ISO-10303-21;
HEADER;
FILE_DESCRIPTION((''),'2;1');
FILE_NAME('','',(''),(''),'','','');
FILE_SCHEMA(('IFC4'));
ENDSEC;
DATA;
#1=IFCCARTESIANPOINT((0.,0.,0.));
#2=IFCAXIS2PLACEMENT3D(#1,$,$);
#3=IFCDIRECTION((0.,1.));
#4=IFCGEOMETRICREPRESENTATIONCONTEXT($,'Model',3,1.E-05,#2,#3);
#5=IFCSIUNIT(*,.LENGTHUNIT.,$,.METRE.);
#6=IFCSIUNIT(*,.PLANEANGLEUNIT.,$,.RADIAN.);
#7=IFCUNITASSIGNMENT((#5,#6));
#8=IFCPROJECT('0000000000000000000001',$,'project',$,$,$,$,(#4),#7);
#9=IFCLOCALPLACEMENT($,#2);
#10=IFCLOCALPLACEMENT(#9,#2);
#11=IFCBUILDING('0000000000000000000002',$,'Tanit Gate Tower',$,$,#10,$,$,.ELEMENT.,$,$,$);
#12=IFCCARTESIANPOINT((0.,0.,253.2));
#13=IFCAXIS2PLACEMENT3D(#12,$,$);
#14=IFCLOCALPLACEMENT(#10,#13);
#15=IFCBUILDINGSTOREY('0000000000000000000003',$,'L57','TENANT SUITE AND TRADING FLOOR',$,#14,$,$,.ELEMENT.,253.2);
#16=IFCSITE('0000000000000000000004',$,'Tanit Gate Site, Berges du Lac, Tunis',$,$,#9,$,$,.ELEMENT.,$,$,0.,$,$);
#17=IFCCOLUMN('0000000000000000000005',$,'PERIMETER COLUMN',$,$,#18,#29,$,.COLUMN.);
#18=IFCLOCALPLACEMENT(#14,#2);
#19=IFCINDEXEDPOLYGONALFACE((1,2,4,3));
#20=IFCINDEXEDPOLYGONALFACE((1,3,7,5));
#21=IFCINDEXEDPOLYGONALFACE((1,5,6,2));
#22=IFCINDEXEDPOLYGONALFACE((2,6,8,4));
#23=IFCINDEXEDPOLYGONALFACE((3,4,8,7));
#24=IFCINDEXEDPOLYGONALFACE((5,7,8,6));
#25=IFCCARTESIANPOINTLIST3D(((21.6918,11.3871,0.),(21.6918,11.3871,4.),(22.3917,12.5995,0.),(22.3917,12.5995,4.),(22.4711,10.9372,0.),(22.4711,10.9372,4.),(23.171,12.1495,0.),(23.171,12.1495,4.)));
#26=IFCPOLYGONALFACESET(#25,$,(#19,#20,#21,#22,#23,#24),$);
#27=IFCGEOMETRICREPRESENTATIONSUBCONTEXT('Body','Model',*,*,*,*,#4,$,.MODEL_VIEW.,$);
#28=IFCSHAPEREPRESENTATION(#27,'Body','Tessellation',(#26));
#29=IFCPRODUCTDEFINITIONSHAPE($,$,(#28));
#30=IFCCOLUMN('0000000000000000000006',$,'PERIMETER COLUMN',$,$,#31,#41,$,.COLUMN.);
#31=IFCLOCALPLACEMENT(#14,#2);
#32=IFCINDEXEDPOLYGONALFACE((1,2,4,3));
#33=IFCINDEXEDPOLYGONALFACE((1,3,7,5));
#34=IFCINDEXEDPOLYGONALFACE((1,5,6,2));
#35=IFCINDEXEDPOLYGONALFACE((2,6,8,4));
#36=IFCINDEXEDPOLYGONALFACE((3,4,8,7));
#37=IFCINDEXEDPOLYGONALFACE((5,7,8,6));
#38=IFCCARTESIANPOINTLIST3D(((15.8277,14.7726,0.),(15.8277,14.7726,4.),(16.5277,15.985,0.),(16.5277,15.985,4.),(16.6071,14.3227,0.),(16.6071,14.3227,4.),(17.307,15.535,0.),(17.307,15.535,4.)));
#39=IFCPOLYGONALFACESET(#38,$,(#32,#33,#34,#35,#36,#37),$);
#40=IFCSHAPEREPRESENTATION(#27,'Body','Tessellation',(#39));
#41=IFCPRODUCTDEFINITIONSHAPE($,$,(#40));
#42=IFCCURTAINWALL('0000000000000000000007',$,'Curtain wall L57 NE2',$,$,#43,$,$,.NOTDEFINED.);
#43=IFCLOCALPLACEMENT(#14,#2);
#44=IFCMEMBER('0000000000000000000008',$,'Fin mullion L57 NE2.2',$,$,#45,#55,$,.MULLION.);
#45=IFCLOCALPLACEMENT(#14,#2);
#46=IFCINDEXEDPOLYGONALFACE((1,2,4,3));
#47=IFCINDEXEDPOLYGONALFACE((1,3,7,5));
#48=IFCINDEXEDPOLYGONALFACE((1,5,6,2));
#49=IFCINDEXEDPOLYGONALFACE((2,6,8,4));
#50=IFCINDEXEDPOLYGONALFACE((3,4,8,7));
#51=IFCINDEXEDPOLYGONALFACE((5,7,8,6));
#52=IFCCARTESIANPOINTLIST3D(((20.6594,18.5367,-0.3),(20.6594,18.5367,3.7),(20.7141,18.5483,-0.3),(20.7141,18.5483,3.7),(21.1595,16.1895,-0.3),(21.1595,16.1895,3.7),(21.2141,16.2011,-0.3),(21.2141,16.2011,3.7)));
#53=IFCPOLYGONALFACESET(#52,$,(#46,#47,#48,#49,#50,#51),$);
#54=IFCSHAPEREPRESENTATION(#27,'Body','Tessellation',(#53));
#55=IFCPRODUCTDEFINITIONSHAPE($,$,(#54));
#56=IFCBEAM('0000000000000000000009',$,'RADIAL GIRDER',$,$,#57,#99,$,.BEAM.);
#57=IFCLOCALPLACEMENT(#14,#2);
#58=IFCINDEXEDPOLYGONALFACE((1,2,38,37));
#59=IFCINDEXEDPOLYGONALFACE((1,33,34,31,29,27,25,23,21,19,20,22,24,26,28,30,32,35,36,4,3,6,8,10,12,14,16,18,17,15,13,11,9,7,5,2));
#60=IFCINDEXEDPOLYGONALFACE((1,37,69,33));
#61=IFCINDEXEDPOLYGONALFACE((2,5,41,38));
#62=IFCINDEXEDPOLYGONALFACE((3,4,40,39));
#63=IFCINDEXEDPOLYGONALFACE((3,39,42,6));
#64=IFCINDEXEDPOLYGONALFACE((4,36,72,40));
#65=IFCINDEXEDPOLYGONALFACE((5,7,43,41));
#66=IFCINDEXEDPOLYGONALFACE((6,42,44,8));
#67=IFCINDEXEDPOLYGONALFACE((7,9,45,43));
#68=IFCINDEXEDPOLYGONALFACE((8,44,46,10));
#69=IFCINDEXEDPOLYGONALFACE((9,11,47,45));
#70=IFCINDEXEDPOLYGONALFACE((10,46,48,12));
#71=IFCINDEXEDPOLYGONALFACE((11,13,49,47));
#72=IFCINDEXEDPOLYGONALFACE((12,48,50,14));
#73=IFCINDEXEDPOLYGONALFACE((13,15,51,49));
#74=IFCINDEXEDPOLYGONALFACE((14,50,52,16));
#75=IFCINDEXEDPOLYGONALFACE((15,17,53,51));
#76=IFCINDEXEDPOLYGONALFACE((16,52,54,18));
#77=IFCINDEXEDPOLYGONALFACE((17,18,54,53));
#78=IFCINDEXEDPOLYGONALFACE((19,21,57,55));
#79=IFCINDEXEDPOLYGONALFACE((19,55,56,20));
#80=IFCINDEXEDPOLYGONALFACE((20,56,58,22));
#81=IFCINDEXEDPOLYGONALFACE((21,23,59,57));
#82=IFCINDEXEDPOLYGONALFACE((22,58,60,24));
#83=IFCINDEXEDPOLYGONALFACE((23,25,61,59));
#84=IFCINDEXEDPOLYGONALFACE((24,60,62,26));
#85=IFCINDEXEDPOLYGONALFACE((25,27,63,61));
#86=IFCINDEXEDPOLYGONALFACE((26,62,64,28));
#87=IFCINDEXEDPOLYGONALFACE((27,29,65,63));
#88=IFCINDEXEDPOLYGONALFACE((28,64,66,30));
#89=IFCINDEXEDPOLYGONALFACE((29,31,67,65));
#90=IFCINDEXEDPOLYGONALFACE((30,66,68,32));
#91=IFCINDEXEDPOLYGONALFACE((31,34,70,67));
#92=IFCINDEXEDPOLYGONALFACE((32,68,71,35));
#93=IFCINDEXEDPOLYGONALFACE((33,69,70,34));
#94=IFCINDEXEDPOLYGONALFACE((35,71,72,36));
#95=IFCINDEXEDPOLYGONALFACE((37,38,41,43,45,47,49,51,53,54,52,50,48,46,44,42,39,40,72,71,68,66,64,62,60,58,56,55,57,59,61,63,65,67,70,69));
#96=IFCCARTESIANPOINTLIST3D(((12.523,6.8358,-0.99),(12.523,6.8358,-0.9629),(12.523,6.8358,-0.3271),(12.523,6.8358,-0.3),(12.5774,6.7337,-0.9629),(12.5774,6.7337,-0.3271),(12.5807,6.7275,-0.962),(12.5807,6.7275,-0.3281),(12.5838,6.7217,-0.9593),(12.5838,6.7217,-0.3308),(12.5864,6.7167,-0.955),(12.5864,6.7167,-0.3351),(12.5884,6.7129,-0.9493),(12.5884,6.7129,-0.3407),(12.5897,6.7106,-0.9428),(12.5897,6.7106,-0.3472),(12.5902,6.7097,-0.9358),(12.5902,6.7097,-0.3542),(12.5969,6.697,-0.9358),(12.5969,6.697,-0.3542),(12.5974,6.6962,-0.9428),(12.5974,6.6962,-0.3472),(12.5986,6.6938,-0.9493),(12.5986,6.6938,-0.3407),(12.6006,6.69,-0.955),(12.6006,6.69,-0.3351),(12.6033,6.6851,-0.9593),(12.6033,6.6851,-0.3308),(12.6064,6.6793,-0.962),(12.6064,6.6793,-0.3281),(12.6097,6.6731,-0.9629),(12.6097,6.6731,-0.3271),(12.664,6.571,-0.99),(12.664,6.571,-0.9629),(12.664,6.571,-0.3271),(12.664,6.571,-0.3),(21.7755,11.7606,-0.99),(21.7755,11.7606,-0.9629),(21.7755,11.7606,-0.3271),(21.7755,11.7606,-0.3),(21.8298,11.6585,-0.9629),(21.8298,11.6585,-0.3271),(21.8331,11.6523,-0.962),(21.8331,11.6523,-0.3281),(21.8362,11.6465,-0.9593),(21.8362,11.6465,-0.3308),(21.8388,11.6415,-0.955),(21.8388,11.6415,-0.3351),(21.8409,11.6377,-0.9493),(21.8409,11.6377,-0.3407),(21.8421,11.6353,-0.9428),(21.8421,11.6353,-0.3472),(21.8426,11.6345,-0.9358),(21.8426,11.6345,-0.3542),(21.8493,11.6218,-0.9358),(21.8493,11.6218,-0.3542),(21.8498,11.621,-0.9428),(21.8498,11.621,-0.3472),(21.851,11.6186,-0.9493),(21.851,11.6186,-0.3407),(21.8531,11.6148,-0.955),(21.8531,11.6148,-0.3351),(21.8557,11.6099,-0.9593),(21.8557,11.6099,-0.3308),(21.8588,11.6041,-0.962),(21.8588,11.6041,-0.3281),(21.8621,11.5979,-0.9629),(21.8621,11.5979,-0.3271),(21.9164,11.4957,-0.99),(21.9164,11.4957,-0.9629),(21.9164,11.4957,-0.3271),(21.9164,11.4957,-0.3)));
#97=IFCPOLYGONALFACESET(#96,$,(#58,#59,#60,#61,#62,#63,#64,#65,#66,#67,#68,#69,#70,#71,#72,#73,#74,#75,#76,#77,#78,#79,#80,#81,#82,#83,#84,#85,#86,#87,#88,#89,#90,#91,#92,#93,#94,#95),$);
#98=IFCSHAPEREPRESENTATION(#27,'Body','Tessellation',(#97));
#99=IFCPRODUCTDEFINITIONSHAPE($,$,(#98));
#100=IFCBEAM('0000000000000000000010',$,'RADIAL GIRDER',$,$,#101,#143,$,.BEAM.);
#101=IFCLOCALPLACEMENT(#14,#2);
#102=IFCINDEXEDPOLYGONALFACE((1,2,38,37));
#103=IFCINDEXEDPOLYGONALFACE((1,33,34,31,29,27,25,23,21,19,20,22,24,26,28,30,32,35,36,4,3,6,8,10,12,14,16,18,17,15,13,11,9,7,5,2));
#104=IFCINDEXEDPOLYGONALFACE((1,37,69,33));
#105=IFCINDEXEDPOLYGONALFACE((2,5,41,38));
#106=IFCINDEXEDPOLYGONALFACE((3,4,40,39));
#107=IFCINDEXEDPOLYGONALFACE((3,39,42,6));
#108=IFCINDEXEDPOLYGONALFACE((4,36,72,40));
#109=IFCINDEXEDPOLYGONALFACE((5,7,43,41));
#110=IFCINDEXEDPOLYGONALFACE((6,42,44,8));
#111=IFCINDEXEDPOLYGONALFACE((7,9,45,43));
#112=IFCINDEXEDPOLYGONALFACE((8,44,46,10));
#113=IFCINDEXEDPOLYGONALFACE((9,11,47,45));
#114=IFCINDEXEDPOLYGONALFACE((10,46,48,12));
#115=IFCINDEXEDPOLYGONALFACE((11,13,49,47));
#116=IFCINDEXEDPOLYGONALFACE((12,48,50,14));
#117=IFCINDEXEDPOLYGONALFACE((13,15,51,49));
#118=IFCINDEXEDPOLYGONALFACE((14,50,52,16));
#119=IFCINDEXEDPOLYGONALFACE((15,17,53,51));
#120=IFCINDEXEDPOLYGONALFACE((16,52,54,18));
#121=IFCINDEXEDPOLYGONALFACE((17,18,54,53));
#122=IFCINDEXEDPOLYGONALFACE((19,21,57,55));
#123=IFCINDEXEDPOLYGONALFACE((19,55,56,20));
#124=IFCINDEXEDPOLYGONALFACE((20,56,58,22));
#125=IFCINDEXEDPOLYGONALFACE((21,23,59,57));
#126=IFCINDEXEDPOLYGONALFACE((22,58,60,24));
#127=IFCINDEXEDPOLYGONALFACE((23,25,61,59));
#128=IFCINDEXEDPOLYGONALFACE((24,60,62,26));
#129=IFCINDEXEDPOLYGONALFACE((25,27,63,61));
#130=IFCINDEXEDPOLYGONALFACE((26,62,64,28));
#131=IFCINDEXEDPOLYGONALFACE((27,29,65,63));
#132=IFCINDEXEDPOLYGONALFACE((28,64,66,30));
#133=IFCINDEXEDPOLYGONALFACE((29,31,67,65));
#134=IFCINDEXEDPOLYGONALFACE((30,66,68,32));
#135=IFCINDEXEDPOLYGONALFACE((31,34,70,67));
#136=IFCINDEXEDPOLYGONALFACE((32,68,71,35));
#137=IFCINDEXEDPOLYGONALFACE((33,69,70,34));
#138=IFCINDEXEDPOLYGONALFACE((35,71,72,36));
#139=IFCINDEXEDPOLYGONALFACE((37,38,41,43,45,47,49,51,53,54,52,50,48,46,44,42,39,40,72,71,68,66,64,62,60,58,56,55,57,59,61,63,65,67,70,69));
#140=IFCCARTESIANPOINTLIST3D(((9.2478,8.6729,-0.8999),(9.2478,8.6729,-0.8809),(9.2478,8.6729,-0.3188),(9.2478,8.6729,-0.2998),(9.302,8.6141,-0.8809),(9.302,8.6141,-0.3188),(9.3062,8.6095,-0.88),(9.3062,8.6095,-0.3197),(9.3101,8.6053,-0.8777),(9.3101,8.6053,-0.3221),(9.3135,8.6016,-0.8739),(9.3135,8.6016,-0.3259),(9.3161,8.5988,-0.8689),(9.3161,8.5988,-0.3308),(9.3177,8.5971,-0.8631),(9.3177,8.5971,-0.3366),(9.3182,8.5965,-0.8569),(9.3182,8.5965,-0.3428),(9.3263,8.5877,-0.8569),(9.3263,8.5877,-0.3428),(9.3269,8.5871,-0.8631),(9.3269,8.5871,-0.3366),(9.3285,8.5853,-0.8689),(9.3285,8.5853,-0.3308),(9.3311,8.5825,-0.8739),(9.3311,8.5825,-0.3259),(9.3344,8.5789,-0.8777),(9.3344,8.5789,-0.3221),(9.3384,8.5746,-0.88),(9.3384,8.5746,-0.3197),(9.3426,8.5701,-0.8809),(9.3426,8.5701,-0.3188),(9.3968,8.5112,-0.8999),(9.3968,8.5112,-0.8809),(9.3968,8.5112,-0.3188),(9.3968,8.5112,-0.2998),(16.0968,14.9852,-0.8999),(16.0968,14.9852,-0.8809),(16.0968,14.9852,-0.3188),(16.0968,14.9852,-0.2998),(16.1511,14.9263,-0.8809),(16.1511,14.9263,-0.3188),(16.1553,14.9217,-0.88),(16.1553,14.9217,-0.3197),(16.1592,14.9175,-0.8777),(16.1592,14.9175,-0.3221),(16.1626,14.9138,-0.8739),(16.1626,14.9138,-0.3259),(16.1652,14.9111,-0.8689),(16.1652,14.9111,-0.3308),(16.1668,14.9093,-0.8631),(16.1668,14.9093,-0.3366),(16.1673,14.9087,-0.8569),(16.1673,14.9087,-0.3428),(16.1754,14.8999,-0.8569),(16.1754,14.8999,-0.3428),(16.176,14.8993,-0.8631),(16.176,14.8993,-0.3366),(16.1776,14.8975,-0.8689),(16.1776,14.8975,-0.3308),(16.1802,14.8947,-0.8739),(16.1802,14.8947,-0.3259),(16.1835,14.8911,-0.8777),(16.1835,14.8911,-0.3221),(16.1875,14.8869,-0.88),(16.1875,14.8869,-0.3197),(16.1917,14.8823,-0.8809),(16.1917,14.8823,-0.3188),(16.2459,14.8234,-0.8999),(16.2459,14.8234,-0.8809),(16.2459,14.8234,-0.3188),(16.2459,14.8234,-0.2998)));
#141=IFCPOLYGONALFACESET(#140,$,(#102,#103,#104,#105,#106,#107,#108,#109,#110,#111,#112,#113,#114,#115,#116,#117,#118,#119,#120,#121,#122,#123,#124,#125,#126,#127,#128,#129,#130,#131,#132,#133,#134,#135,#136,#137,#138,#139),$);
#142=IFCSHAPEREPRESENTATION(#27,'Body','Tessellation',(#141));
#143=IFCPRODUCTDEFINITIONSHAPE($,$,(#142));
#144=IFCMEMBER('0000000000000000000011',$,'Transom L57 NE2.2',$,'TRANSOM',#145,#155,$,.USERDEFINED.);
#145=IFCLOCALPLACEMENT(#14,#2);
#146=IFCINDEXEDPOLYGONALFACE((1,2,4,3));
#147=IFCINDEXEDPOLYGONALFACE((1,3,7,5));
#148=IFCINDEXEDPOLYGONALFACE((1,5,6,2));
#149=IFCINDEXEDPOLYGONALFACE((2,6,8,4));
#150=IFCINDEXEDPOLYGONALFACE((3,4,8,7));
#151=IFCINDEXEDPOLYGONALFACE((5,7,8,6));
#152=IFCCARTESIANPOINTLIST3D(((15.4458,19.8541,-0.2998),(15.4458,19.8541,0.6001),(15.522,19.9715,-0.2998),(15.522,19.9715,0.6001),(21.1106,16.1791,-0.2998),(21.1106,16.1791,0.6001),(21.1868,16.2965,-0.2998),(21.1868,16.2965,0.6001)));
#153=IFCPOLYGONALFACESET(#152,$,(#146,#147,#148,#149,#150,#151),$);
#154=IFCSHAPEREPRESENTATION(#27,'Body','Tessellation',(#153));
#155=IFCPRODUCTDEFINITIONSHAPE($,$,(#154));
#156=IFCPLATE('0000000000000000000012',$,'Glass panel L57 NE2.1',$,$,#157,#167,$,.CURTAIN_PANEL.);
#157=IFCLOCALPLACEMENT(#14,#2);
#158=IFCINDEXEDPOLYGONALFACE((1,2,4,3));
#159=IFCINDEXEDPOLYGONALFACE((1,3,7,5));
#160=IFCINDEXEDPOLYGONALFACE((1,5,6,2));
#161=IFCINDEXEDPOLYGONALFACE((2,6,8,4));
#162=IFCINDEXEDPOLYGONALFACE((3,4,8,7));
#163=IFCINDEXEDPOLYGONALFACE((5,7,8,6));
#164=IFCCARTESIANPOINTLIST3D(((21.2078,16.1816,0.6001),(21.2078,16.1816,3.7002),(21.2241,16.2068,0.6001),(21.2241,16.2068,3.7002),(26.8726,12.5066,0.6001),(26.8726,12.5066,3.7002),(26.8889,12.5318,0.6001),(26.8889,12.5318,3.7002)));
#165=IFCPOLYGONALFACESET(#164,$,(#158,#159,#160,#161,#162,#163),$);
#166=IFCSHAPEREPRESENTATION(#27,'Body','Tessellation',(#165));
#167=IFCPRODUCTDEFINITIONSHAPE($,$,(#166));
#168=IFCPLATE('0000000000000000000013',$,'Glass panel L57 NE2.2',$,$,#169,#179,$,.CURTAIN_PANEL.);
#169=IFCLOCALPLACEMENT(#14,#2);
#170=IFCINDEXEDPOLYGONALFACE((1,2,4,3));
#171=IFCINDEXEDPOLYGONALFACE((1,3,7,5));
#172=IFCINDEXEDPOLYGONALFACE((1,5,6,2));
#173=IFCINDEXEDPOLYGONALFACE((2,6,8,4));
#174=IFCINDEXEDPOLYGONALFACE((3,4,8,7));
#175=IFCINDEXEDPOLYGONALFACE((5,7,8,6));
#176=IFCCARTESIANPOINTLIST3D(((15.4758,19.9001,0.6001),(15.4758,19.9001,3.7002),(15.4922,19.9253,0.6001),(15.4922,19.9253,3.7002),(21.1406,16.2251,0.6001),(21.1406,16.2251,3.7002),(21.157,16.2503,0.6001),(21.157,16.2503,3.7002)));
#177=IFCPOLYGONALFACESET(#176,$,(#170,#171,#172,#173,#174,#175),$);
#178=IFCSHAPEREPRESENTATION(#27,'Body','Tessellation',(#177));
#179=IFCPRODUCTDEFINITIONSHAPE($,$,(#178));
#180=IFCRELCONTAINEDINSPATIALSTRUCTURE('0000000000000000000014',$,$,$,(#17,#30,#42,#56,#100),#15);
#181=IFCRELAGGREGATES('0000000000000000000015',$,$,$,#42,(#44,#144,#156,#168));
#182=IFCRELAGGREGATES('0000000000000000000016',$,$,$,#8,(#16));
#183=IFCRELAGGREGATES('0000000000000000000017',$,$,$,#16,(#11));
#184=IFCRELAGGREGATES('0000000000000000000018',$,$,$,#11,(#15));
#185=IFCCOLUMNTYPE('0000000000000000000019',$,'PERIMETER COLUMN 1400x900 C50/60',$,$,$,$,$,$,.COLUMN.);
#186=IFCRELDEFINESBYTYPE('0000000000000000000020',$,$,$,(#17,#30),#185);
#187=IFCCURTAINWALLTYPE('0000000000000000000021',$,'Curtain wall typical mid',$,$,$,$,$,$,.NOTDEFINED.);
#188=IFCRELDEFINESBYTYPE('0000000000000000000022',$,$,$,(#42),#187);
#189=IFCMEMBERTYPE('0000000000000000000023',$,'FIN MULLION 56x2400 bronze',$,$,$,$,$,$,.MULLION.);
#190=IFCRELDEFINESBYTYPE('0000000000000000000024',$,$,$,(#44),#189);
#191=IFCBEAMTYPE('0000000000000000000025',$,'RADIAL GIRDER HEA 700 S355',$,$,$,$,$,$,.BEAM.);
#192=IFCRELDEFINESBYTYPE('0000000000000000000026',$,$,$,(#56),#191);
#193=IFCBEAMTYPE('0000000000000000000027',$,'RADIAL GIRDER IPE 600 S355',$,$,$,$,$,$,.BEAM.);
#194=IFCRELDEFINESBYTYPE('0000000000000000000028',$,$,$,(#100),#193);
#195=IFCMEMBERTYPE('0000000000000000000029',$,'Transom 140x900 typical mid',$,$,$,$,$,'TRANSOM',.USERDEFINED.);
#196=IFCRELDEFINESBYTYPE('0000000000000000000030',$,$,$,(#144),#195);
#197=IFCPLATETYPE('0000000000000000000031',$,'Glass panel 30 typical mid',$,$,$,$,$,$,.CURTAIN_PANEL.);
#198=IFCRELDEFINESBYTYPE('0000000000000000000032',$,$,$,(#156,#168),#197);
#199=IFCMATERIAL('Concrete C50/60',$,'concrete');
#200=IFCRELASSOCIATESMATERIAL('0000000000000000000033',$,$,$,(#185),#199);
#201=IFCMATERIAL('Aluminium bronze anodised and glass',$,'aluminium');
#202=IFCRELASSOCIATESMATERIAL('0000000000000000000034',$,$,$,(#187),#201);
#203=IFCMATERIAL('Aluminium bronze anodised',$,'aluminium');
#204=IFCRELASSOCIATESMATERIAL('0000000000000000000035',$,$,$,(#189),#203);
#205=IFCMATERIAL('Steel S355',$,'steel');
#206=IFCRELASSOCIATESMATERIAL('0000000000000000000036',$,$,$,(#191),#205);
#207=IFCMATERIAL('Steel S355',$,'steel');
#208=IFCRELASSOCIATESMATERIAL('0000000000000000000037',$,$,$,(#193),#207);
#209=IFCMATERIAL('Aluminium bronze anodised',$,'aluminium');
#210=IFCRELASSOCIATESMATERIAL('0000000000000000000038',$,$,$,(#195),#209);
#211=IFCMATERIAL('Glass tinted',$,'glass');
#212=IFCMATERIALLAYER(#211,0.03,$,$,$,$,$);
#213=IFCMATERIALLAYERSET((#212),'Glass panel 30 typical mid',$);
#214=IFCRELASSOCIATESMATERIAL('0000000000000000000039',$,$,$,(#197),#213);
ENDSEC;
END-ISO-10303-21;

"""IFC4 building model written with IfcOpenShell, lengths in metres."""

from ifc_helpers import new_model, si_unit, direction, frame, origin, origin_2d, place, context, subcontext, project, spatial, rectangle, i_section, extrude, material, layer, layer_set, material_profile, profile_set, type_object, element, aggregate, save


model = new_model("IFC4")

# Units and contexts
model_context = context("Model", 3, precision=1e-05, world=origin(), true_north=direction((0.0, 1.0)))
body_context = subcontext(model_context, "Body", "Model", "MODEL_VIEW")
ifc_project = project(units=[si_unit("LENGTHUNIT", "METRE"), si_unit("PLANEANGLEUNIT", "RADIAN")], contexts=[model_context])

# Site, building, storey
site_placement = place(None, origin())
site = spatial("IfcSite", under=ifc_project, at=site_placement, Name="Tanit Gate Site, Berges du Lac, Tunis", CompositionType="ELEMENT", RefElevation=0.0)
building_placement = place(site_placement, origin())
building = spatial("IfcBuilding", under=site, at=building_placement, Name="Tanit Gate Tower", CompositionType="ELEMENT")
storey_placement = place(building_placement, frame((0.0, 0.0, 253.2)))
storey = spatial("IfcBuildingStorey", under=building, at=storey_placement, Name="L57", Description="TENANT SUITE AND TRADING FLOOR", CompositionType="ELEMENT", Elevation=253.2)

# Columns
ifc_material_1 = material(Name="Concrete C50/60", Category="concrete")
ifc_material_profile_1 = material_profile(ifc_material_1, rectangle(XDim=1.3999, YDim=0.8999, at=origin_2d()), Name="RC 1400x900")
ifc_profile_set_1 = profile_set([ifc_material_profile_1], Name="Concrete C50/60")
column_type = type_object("IfcColumnType", Name="PERIMETER COLUMN 1400x900 C50/60", PredefinedType="COLUMN", material=ifc_profile_set_1)
for number, where, z_axis, x_axis, name in (
    (1, (22.4314, 11.7683, 0.0), (0.0, 0.0, 1.0), (0.5, 0.866025, 0.0), "PERIMETER COLUMN"),
    (2, (16.5674, 15.1538, 0.0), (0.0, 0.0, 1.0), (0.5, 0.866025, 0.0), "PERIMETER COLUMN"),
):
    element("IfcColumn", number, at=place(storey_placement, frame(where, z_axis=z_axis, x_axis=x_axis)), inside=storey, type_object=column_type, Name=name, PredefinedType="COLUMN", context=body_context, shape_type="SweptSolid", body=[
        extrude(rectangle(XDim=1.3999, YDim=0.8999, at=origin_2d()), origin(), (0.0, 0.0, 1.0), 4.0),
    ])

# Curtain wall, member
ifc_material_2 = material(Name="Aluminium bronze anodised and glass", Category="aluminium")
curtain_wall_type = type_object("IfcCurtainWallType", Name="Curtain wall typical mid", PredefinedType="NOTDEFINED", material=ifc_material_2)
curtain_wall_placement = place(storey_placement, origin())
curtain_wall = element("IfcCurtainWall", 3, at=curtain_wall_placement, inside=storey, type_object=curtain_wall_type, Name="Curtain wall L57 NE2", PredefinedType="NOTDEFINED")
ifc_material_3 = material(Name="Aluminium bronze anodised", Category="aluminium")
ifc_material_profile_2 = material_profile(ifc_material_3, rectangle(XDim=2.3999, YDim=0.0559, at=origin_2d()), Name="56x2400 bronze fin mullion")
ifc_profile_set_2 = profile_set([ifc_material_profile_2], Name="Aluminium bronze anodised")
member_type_1 = type_object("IfcMemberType", Name="FIN MULLION 56x2400 bronze", PredefinedType="MULLION", material=ifc_profile_set_2)
member_1_placement = place(storey_placement, frame((20.9368, 17.3689, -0.3), z_axis=(0.0, 0.0, 1.0), x_axis=(0.208373, -0.978049, 0.0)))
member_1 = element("IfcMember", 4, at=member_1_placement, type_object=member_type_1, Name="Fin mullion L57 NE2.2", PredefinedType="MULLION", context=body_context, shape_type="SweptSolid", body=[
    extrude(rectangle(XDim=2.3999, YDim=0.0559, at=origin_2d()), origin(), (0.0, 0.0, 1.0), 4.0),
])

# Beams
ifc_material_4 = material(Name="Steel S355", Category="steel")
ifc_material_profile_3 = material_profile(ifc_material_4, i_section(OverallWidth=0.3, OverallDepth=0.6899, WebThickness=0.0144, FlangeThickness=0.0271, FilletRadius=0.0271, at=origin_2d()), Name="HEA 700")
ifc_profile_set_3 = profile_set([ifc_material_profile_3], Name="Steel S355")
beam_type_1 = type_object("IfcBeamType", Name="RADIAL GIRDER HEA 700 S355", PredefinedType="BEAM", material=ifc_profile_set_3)
beam_1_placement = place(storey_placement, frame((21.8459, 11.6282, -0.645), z_axis=(-0.882742, -0.469858, 0.0), x_axis=(0.469858, -0.882742, 0.0)))
element("IfcBeam", 5, at=beam_1_placement, inside=storey, type_object=beam_type_1, Name="RADIAL GIRDER", PredefinedType="BEAM", context=body_context, shape_type="SweptSolid", body=[
    extrude(i_section(OverallWidth=0.3, OverallDepth=0.6899, WebThickness=0.0144, FlangeThickness=0.0271, FilletRadius=0.0271, at=origin_2d()), origin(), (0.0, 0.0, 1.0), 10.4814),
])
ifc_material_5 = material(Name="Steel S355", Category="steel")
ifc_material_profile_4 = material_profile(ifc_material_5, i_section(OverallWidth=0.22, OverallDepth=0.6001, WebThickness=0.012, FlangeThickness=0.019, FilletRadius=0.0239, at=origin_2d()), Name="IPE 600")
ifc_profile_set_4 = profile_set([ifc_material_profile_4], Name="Steel S355")
beam_type_2 = type_object("IfcBeamType", Name="RADIAL GIRDER IPE 600 S355", PredefinedType="BEAM", material=ifc_profile_set_4)
beam_2_placement = place(storey_placement, frame((16.1714, 14.9043, -0.5999), z_axis=(-0.735339, -0.6777, 0.0), x_axis=(0.6777, -0.735339, 0.0)))
element("IfcBeam", 6, at=beam_2_placement, inside=storey, type_object=beam_type_2, Name="RADIAL GIRDER", PredefinedType="BEAM", context=body_context, shape_type="SweptSolid", body=[
    extrude(i_section(OverallWidth=0.22, OverallDepth=0.6001, WebThickness=0.012, FlangeThickness=0.019, FilletRadius=0.0239, at=origin_2d()), origin(), (0.0, 0.0, 1.0), 9.3142),
])

# Member
ifc_material_6 = material(Name="Aluminium bronze anodised", Category="aluminium")
ifc_material_profile_5 = material_profile(ifc_material_6, rectangle(XDim=0.1399, YDim=0.8999, at=origin_2d()), Name="140x900 bronze transom")
ifc_profile_set_5 = profile_set([ifc_material_profile_5], Name="Aluminium bronze anodised")
member_type_2 = type_object("IfcMemberType", Name="Transom 140x900 typical mid", ElementType="TRANSOM", PredefinedType="USERDEFINED", material=ifc_profile_set_5)
member_2_placement = place(storey_placement, frame((21.1487, 16.2378, 0.1501), z_axis=(-0.838922, 0.544252, 0.0), x_axis=(-0.544252, -0.838922, 0.0)))
member_2 = element("IfcMember", 7, at=member_2_placement, type_object=member_type_2, Name="Transom L57 NE2.2", ObjectType="TRANSOM", PredefinedType="USERDEFINED", context=body_context, shape_type="SweptSolid", body=[
    extrude(rectangle(XDim=0.1399, YDim=0.8999, at=origin_2d()), origin(), (0.0, 0.0, 1.0), 6.7524),
])

# Plates
ifc_material_7 = material(Name="Glass tinted", Category="glass")
ifc_layer_1 = layer(ifc_material_7, 0.03)
ifc_layer_set_1 = layer_set([ifc_layer_1], Name="Glass panel 30 typical mid")
plate_type = type_object("IfcPlateType", Name="Glass panel 30 typical mid", PredefinedType="CURTAIN_PANEL", material=ifc_layer_set_1)
plate_1_placement = place(storey_placement, frame((24.0483, 14.3567, 0.6001), z_axis=(0.0, 0.0, 1.0), x_axis=(-0.838927, 0.544243, 0.0)))
plate_1 = element("IfcPlate", 8, at=plate_1_placement, type_object=plate_type, Name="Glass panel L57 NE2.1", PredefinedType="CURTAIN_PANEL", context=body_context, shape_type="SweptSolid", body=[
    extrude(rectangle(XDim=6.7524, YDim=0.03, at=origin_2d()), origin(), (0.0, 0.0, 1.0), 3.1001),
])
plate_2_placement = place(storey_placement, frame((18.3164, 18.0752, 0.6001), z_axis=(0.0, 0.0, 1.0), x_axis=(-0.838927, 0.544243, 0.0)))
plate_2 = element("IfcPlate", 9, at=plate_2_placement, type_object=plate_type, Name="Glass panel L57 NE2.2", PredefinedType="CURTAIN_PANEL", context=body_context, shape_type="SweptSolid", body=[
    extrude(rectangle(XDim=6.7524, YDim=0.03, at=origin_2d()), origin(), (0.0, 0.0, 1.0), 3.1001),
])
aggregate(curtain_wall, [member_1, member_2, plate_1, plate_2])

save(model, "model.ifc")
